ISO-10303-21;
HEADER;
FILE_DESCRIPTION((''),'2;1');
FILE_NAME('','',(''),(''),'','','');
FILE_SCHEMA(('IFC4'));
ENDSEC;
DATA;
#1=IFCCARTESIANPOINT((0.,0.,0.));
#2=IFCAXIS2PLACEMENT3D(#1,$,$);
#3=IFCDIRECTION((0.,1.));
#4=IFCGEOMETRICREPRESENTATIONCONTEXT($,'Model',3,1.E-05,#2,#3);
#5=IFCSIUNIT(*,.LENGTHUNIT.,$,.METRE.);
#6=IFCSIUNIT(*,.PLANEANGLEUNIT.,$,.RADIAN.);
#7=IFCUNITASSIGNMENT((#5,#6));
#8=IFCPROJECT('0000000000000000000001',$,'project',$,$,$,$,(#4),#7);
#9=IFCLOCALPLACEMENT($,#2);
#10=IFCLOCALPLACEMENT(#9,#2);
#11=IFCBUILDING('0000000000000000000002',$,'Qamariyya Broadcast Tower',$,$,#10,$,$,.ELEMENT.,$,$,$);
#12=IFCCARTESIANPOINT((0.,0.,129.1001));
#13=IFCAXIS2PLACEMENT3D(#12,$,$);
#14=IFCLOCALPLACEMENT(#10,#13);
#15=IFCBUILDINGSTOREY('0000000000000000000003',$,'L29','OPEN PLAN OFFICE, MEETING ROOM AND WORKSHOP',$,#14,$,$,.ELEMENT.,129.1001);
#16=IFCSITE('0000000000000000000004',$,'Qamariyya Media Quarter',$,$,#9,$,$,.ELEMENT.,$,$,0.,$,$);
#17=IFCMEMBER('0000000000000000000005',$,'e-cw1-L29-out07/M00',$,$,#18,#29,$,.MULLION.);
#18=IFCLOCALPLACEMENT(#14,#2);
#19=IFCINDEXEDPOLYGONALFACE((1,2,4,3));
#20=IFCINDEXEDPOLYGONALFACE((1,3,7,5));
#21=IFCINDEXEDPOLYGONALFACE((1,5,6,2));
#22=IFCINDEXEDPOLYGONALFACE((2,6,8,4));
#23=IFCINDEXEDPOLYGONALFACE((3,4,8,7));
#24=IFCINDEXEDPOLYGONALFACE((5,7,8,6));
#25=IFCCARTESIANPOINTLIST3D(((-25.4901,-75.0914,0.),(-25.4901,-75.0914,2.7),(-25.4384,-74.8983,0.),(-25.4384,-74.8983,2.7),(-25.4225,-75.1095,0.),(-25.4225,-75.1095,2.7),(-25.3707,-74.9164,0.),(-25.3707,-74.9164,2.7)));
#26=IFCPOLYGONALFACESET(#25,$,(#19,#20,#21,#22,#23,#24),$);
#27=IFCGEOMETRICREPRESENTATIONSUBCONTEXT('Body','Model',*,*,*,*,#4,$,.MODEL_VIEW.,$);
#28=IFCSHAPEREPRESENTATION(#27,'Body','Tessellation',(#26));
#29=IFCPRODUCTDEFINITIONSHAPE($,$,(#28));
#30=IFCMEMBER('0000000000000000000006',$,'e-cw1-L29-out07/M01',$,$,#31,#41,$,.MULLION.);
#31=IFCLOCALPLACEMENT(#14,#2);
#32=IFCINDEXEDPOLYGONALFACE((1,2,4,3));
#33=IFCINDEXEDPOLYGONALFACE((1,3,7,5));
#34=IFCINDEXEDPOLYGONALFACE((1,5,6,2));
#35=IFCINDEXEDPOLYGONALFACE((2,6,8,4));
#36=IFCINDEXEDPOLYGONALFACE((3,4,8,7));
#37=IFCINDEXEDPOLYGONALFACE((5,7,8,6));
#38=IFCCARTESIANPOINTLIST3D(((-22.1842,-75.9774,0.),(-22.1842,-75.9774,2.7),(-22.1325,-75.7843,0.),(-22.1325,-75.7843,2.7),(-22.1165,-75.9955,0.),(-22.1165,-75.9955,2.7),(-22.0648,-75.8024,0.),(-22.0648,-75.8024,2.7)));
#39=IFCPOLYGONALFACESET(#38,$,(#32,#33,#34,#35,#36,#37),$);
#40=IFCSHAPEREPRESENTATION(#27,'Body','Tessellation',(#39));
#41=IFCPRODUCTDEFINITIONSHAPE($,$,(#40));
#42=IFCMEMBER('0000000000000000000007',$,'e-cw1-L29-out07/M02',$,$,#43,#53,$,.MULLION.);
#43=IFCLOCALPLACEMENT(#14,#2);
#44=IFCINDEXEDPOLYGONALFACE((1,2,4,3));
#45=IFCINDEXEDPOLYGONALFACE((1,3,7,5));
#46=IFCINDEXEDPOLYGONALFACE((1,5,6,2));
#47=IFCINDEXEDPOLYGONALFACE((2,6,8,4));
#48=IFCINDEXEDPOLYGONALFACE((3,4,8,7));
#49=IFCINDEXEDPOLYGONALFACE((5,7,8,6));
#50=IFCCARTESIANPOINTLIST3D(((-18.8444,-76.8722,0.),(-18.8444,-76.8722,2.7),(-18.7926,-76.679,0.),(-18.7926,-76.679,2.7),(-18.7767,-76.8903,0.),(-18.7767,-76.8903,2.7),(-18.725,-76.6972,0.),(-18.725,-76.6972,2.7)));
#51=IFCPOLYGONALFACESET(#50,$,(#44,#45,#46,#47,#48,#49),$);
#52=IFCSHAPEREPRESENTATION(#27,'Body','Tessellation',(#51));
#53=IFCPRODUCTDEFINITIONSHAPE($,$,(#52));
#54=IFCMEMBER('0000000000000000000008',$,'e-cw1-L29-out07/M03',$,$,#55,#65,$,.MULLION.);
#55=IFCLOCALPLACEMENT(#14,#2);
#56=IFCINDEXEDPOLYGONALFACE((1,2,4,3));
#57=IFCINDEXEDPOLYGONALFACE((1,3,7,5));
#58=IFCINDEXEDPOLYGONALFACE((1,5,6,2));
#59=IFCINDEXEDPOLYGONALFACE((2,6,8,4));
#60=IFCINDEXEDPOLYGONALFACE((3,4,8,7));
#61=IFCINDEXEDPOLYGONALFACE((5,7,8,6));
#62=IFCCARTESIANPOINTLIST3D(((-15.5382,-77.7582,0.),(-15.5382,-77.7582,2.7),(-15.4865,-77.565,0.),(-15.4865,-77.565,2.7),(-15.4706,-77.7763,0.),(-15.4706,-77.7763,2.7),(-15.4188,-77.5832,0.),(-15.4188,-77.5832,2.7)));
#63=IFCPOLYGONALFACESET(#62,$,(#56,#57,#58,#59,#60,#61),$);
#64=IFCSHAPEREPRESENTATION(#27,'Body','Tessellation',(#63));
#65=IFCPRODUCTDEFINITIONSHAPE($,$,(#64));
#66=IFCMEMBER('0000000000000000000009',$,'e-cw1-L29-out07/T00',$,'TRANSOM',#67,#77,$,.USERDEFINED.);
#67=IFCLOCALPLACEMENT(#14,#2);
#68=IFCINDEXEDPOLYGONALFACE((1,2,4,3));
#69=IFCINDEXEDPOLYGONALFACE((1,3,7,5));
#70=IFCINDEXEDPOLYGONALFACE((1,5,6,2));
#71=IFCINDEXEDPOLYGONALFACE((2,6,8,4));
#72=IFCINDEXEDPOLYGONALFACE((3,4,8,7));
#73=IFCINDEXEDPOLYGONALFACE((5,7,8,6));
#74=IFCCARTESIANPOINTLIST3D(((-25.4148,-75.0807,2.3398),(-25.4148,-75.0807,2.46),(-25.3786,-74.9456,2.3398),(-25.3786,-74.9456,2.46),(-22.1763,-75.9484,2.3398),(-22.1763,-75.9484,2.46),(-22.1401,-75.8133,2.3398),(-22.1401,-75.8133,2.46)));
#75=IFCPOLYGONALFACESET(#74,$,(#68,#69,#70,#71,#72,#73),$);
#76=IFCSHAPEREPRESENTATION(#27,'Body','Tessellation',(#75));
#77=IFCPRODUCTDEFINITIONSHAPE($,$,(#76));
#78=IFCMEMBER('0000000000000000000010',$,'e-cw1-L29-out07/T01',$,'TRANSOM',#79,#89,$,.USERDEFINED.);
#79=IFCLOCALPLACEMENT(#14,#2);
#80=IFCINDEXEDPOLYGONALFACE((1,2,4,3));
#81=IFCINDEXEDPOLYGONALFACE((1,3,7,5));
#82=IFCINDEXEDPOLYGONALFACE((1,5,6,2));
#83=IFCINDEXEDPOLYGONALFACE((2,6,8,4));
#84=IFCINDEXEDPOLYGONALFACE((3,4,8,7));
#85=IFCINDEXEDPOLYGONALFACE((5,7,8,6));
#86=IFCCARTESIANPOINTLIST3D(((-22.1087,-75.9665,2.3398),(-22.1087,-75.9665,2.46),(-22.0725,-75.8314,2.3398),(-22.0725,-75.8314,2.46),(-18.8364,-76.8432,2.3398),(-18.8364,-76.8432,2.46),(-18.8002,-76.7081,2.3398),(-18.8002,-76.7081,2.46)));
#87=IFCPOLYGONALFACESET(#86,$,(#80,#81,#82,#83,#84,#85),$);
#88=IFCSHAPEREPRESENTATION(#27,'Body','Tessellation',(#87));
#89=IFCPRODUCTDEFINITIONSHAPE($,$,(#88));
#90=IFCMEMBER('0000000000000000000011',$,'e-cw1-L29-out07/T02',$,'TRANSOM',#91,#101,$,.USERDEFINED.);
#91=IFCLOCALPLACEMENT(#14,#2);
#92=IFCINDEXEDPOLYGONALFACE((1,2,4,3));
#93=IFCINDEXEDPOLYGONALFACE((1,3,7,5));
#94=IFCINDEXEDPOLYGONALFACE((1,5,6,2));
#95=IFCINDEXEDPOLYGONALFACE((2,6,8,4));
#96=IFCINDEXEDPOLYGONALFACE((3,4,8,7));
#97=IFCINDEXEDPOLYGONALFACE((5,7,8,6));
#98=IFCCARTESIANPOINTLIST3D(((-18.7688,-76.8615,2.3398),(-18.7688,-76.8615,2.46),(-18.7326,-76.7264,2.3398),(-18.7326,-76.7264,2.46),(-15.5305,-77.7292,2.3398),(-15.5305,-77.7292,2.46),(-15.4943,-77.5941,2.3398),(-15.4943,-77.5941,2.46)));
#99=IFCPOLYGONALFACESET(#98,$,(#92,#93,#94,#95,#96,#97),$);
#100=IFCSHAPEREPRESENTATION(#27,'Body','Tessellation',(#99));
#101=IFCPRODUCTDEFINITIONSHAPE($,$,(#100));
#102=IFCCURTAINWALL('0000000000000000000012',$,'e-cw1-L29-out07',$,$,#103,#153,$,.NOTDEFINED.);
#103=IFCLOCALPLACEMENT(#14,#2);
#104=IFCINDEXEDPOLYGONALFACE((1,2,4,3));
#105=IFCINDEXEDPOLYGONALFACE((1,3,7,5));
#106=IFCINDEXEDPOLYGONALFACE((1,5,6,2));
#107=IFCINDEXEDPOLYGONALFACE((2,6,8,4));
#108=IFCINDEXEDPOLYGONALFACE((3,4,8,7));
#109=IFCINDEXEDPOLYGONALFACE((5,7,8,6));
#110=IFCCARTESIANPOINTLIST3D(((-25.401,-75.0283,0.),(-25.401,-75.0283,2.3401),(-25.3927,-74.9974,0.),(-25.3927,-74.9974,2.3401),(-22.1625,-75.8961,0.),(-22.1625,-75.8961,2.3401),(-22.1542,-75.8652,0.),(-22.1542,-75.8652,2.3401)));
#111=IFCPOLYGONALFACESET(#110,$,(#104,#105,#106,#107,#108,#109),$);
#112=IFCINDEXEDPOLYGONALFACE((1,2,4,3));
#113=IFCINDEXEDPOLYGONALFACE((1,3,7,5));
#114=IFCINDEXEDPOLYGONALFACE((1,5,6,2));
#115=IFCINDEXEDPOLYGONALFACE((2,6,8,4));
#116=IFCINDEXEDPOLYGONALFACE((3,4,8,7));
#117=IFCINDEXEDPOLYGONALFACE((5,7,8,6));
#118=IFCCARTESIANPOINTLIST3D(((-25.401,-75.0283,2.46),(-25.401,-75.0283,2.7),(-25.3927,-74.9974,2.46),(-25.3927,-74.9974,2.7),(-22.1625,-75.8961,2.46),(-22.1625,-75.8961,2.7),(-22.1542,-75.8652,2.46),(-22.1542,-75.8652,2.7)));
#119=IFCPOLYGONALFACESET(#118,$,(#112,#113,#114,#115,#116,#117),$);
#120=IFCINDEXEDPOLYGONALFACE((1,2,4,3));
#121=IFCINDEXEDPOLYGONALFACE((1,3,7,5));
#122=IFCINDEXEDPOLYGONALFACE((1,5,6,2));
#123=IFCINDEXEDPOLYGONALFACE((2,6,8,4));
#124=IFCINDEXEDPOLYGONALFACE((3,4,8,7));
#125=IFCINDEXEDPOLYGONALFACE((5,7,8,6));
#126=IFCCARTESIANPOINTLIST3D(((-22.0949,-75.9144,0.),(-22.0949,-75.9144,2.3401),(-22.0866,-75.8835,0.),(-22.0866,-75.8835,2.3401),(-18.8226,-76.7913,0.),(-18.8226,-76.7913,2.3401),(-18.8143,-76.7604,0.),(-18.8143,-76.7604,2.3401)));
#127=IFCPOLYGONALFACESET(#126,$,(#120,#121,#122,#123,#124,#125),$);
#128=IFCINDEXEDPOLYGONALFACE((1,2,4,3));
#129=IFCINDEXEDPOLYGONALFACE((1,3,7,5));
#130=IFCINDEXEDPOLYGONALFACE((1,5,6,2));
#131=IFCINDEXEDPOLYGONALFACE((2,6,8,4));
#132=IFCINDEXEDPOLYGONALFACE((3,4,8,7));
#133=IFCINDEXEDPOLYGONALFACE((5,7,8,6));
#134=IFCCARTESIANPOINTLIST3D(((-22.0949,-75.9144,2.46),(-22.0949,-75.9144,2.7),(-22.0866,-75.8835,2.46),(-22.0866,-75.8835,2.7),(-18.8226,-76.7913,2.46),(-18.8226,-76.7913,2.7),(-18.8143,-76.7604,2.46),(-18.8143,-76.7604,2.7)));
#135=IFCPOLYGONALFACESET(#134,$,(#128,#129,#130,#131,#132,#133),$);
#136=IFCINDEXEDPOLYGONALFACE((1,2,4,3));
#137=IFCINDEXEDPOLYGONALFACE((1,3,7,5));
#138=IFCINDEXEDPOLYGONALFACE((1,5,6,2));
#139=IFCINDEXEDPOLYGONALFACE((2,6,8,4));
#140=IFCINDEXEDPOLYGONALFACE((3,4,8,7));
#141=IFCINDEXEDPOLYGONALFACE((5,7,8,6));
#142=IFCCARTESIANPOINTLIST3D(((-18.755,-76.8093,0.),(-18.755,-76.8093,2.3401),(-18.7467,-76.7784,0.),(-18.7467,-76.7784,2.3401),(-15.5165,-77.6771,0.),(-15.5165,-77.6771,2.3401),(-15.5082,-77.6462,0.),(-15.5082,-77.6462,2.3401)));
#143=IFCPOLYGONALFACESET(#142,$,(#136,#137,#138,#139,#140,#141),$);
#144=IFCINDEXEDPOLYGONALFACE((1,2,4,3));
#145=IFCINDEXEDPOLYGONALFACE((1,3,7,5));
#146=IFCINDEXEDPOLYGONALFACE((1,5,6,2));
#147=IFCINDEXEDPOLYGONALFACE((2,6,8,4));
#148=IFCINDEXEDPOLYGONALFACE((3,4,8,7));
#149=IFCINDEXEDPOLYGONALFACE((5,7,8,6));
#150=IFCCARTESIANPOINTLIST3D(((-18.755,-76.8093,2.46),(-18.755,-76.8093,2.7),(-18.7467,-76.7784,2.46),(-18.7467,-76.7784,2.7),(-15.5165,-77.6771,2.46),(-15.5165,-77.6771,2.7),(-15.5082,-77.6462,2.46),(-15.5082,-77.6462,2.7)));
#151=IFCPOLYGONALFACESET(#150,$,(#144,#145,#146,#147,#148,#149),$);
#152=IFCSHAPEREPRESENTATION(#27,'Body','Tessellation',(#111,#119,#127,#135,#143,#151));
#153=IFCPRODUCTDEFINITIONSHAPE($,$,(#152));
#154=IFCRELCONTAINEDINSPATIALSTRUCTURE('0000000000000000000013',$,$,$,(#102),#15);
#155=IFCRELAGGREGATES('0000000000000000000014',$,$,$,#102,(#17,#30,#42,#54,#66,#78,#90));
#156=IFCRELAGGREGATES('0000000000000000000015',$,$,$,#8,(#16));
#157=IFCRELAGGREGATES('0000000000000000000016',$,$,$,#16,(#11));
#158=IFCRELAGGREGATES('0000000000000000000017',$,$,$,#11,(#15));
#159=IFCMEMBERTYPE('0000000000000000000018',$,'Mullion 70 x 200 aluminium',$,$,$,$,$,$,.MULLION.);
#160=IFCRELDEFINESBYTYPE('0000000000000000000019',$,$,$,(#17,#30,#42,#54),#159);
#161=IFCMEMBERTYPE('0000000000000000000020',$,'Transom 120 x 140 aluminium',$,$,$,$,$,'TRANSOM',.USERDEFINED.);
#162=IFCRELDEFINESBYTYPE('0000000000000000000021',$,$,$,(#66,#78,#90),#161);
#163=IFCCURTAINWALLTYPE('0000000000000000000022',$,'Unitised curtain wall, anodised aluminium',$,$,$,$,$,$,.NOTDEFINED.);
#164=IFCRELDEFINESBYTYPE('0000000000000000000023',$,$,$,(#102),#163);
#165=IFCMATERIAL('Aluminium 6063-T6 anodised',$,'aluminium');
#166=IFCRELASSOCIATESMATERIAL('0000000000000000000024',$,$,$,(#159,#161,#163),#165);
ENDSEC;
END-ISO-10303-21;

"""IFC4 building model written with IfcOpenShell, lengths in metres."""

from ifc_helpers import new_model, si_unit, direction, frame, origin, origin_2d, place, context, subcontext, project, spatial, rectangle, extrude, material, material_profile, profile_set, type_object, element, aggregate, save


model = new_model("IFC4")

# Units and contexts
model_context = context("Model", 3, precision=1e-05, world=origin(), true_north=direction((0.0, 1.0)))
body_context = subcontext(model_context, "Body", "Model", "MODEL_VIEW")
ifc_project = project(units=[si_unit("LENGTHUNIT", "METRE"), si_unit("PLANEANGLEUNIT", "RADIAN")], contexts=[model_context])

# Members
ifc_material = material(Name="Aluminium 6063-T6 anodised", Category="aluminium")
ifc_material_profile_1 = material_profile(ifc_material, rectangle(XDim=0.2, YDim=0.0701, at=origin_2d()))
ifc_profile_set_1 = profile_set([ifc_material_profile_1], Name="Aluminium 6063-T6 anodised")
member_type_1 = type_object("IfcMemberType", Name="Mullion 70 x 200 aluminium", PredefinedType="MULLION", material=ifc_profile_set_1)
site_placement = place(None, origin())
building_placement = place(site_placement, origin())
storey_placement = place(building_placement, frame((0.0, 0.0, 129.1001)))
member_1_placement = place(storey_placement, frame((-25.4304, -75.0039, 0.0), z_axis=(0.0, 0.0, 1.0), x_axis=(0.258819, 0.965926, 0.0)))
member_1 = element("IfcMember", 1, at=member_1_placement, type_object=member_type_1, Name="e-cw1-L29-out07/M00", PredefinedType="MULLION", context=body_context, shape_type="SweptSolid", body=[
    extrude(rectangle(XDim=0.2, YDim=0.0701, at=origin_2d()), origin(), (0.0, 0.0, 1.0), 2.7),
])
member_2_placement = place(storey_placement, frame((-22.1245, -75.8899, 0.0), z_axis=(0.0, 0.0, 1.0), x_axis=(0.258819, 0.965926, 0.0)))
member_2 = element("IfcMember", 2, at=member_2_placement, type_object=member_type_1, Name="e-cw1-L29-out07/M01", PredefinedType="MULLION", context=body_context, shape_type="SweptSolid", body=[
    extrude(rectangle(XDim=0.2, YDim=0.0701, at=origin_2d()), origin(), (0.0, 0.0, 1.0), 2.7),
])
member_3_placement = place(storey_placement, frame((-18.7847, -76.7847, 0.0), z_axis=(0.0, 0.0, 1.0), x_axis=(0.258819, 0.965926, 0.0)))
member_3 = element("IfcMember", 3, at=member_3_placement, type_object=member_type_1, Name="e-cw1-L29-out07/M02", PredefinedType="MULLION", context=body_context, shape_type="SweptSolid", body=[
    extrude(rectangle(XDim=0.2, YDim=0.0701, at=origin_2d()), origin(), (0.0, 0.0, 1.0), 2.7),
])
member_4_placement = place(storey_placement, frame((-15.4785, -77.6707, 0.0), z_axis=(0.0, 0.0, 1.0), x_axis=(0.258819, 0.965926, 0.0)))
member_4 = element("IfcMember", 4, at=member_4_placement, type_object=member_type_1, Name="e-cw1-L29-out07/M03", PredefinedType="MULLION", context=body_context, shape_type="SweptSolid", body=[
    extrude(rectangle(XDim=0.2, YDim=0.0701, at=origin_2d()), origin(), (0.0, 0.0, 1.0), 2.7),
])
ifc_material_profile_2 = material_profile(ifc_material, rectangle(XDim=0.1399, YDim=0.1201, at=origin_2d()))
ifc_profile_set_2 = profile_set([ifc_material_profile_2], Name="Aluminium 6063-T6 anodised")
member_type_2 = type_object("IfcMemberType", Name="Transom 120 x 140 aluminium", ElementType="TRANSOM", PredefinedType="USERDEFINED", material=ifc_profile_set_2)
member_5_placement = place(storey_placement, frame((-25.3967, -75.0132, 2.3999), z_axis=(0.965932, -0.258796, 0.0), x_axis=(0.258796, 0.965932, 0.0)))
member_5 = element("IfcMember", 5, at=member_5_placement, type_object=member_type_2, Name="e-cw1-L29-out07/T00", ObjectType="TRANSOM", PredefinedType="USERDEFINED", context=body_context, shape_type="SweptSolid", body=[
    extrude(rectangle(XDim=0.1399, YDim=0.1201, at=origin_2d()), origin(), (0.0, 0.0, 1.0), 3.3528),
])
member_6_placement = place(storey_placement, frame((-22.0906, -75.8989, 2.3999), z_axis=(0.965932, -0.258797, 0.0), x_axis=(0.258797, 0.965932, 0.0)))
member_6 = element("IfcMember", 6, at=member_6_placement, type_object=member_type_2, Name="e-cw1-L29-out07/T01", ObjectType="TRANSOM", PredefinedType="USERDEFINED", context=body_context, shape_type="SweptSolid", body=[
    extrude(rectangle(XDim=0.1399, YDim=0.1201, at=origin_2d()), origin(), (0.0, 0.0, 1.0), 3.3877),
])
member_7_placement = place(storey_placement, frame((-18.7507, -76.7939, 2.3999), z_axis=(0.965927, -0.258814, 0.0), x_axis=(0.258814, 0.965927, 0.0)))
member_7 = element("IfcMember", 7, at=member_7_placement, type_object=member_type_2, Name="e-cw1-L29-out07/T02", ObjectType="TRANSOM", PredefinedType="USERDEFINED", context=body_context, shape_type="SweptSolid", body=[
    extrude(rectangle(XDim=0.1399, YDim=0.1201, at=origin_2d()), origin(), (0.0, 0.0, 1.0), 3.3525),
])

# Site, building, storey
site = spatial("IfcSite", under=ifc_project, at=site_placement, Name="Qamariyya Media Quarter", CompositionType="ELEMENT", RefElevation=0.0)
building = spatial("IfcBuilding", under=site, at=building_placement, Name="Qamariyya Broadcast Tower", CompositionType="ELEMENT")
storey = spatial("IfcBuildingStorey", under=building, at=storey_placement, Name="L29", Description="OPEN PLAN OFFICE, MEETING ROOM AND WORKSHOP", CompositionType="ELEMENT", Elevation=129.1001)

# Curtain wall
curtain_wall_type = type_object("IfcCurtainWallType", Name="Unitised curtain wall, anodised aluminium", PredefinedType="NOTDEFINED", material=ifc_material)
curtain_wall_1_placement = place(storey_placement, origin())
curtain_wall_1 = element("IfcCurtainWall", 8, at=curtain_wall_1_placement, inside=storey, type_object=curtain_wall_type, Name="e-cw1-L29-out07", PredefinedType="NOTDEFINED", context=body_context, shape_type="SweptSolid", body=[
    extrude(rectangle(XDim=3.3528, YDim=0.032, at=origin_2d()), frame((-23.7776, -75.4468, 0.0), x_axis=(0.965924, -0.258827, 0.0)), (0.0, 0.0, 1.0), 2.3401),
    extrude(rectangle(XDim=3.3528, YDim=0.032, at=origin_2d()), frame((-23.7776, -75.4468, 2.46), x_axis=(0.965924, -0.258827, 0.0)), (0.0, 0.0, 1.0), 0.24),
    extrude(rectangle(XDim=3.3877, YDim=0.032, at=origin_2d()), frame((-20.4546, -76.3374, 0.0), x_axis=(0.965924, -0.258827, 0.0)), (0.0, 0.0, 1.0), 2.3401),
    extrude(rectangle(XDim=3.3877, YDim=0.032, at=origin_2d()), frame((-20.4546, -76.3374, 2.46), x_axis=(0.965924, -0.258827, 0.0)), (0.0, 0.0, 1.0), 0.24),
    extrude(rectangle(XDim=3.3528, YDim=0.032, at=origin_2d()), frame((-17.1316, -77.2278, 0.0), x_axis=(0.965924, -0.258827, 0.0)), (0.0, 0.0, 1.0), 2.3401),
    extrude(rectangle(XDim=3.3528, YDim=0.032, at=origin_2d()), frame((-17.1316, -77.2278, 2.46), x_axis=(0.965924, -0.258827, 0.0)), (0.0, 0.0, 1.0), 0.24),
])
aggregate(curtain_wall_1, [member_1, member_2, member_3, member_4, member_5, member_6, member_7])

save(model, "model.ifc")
